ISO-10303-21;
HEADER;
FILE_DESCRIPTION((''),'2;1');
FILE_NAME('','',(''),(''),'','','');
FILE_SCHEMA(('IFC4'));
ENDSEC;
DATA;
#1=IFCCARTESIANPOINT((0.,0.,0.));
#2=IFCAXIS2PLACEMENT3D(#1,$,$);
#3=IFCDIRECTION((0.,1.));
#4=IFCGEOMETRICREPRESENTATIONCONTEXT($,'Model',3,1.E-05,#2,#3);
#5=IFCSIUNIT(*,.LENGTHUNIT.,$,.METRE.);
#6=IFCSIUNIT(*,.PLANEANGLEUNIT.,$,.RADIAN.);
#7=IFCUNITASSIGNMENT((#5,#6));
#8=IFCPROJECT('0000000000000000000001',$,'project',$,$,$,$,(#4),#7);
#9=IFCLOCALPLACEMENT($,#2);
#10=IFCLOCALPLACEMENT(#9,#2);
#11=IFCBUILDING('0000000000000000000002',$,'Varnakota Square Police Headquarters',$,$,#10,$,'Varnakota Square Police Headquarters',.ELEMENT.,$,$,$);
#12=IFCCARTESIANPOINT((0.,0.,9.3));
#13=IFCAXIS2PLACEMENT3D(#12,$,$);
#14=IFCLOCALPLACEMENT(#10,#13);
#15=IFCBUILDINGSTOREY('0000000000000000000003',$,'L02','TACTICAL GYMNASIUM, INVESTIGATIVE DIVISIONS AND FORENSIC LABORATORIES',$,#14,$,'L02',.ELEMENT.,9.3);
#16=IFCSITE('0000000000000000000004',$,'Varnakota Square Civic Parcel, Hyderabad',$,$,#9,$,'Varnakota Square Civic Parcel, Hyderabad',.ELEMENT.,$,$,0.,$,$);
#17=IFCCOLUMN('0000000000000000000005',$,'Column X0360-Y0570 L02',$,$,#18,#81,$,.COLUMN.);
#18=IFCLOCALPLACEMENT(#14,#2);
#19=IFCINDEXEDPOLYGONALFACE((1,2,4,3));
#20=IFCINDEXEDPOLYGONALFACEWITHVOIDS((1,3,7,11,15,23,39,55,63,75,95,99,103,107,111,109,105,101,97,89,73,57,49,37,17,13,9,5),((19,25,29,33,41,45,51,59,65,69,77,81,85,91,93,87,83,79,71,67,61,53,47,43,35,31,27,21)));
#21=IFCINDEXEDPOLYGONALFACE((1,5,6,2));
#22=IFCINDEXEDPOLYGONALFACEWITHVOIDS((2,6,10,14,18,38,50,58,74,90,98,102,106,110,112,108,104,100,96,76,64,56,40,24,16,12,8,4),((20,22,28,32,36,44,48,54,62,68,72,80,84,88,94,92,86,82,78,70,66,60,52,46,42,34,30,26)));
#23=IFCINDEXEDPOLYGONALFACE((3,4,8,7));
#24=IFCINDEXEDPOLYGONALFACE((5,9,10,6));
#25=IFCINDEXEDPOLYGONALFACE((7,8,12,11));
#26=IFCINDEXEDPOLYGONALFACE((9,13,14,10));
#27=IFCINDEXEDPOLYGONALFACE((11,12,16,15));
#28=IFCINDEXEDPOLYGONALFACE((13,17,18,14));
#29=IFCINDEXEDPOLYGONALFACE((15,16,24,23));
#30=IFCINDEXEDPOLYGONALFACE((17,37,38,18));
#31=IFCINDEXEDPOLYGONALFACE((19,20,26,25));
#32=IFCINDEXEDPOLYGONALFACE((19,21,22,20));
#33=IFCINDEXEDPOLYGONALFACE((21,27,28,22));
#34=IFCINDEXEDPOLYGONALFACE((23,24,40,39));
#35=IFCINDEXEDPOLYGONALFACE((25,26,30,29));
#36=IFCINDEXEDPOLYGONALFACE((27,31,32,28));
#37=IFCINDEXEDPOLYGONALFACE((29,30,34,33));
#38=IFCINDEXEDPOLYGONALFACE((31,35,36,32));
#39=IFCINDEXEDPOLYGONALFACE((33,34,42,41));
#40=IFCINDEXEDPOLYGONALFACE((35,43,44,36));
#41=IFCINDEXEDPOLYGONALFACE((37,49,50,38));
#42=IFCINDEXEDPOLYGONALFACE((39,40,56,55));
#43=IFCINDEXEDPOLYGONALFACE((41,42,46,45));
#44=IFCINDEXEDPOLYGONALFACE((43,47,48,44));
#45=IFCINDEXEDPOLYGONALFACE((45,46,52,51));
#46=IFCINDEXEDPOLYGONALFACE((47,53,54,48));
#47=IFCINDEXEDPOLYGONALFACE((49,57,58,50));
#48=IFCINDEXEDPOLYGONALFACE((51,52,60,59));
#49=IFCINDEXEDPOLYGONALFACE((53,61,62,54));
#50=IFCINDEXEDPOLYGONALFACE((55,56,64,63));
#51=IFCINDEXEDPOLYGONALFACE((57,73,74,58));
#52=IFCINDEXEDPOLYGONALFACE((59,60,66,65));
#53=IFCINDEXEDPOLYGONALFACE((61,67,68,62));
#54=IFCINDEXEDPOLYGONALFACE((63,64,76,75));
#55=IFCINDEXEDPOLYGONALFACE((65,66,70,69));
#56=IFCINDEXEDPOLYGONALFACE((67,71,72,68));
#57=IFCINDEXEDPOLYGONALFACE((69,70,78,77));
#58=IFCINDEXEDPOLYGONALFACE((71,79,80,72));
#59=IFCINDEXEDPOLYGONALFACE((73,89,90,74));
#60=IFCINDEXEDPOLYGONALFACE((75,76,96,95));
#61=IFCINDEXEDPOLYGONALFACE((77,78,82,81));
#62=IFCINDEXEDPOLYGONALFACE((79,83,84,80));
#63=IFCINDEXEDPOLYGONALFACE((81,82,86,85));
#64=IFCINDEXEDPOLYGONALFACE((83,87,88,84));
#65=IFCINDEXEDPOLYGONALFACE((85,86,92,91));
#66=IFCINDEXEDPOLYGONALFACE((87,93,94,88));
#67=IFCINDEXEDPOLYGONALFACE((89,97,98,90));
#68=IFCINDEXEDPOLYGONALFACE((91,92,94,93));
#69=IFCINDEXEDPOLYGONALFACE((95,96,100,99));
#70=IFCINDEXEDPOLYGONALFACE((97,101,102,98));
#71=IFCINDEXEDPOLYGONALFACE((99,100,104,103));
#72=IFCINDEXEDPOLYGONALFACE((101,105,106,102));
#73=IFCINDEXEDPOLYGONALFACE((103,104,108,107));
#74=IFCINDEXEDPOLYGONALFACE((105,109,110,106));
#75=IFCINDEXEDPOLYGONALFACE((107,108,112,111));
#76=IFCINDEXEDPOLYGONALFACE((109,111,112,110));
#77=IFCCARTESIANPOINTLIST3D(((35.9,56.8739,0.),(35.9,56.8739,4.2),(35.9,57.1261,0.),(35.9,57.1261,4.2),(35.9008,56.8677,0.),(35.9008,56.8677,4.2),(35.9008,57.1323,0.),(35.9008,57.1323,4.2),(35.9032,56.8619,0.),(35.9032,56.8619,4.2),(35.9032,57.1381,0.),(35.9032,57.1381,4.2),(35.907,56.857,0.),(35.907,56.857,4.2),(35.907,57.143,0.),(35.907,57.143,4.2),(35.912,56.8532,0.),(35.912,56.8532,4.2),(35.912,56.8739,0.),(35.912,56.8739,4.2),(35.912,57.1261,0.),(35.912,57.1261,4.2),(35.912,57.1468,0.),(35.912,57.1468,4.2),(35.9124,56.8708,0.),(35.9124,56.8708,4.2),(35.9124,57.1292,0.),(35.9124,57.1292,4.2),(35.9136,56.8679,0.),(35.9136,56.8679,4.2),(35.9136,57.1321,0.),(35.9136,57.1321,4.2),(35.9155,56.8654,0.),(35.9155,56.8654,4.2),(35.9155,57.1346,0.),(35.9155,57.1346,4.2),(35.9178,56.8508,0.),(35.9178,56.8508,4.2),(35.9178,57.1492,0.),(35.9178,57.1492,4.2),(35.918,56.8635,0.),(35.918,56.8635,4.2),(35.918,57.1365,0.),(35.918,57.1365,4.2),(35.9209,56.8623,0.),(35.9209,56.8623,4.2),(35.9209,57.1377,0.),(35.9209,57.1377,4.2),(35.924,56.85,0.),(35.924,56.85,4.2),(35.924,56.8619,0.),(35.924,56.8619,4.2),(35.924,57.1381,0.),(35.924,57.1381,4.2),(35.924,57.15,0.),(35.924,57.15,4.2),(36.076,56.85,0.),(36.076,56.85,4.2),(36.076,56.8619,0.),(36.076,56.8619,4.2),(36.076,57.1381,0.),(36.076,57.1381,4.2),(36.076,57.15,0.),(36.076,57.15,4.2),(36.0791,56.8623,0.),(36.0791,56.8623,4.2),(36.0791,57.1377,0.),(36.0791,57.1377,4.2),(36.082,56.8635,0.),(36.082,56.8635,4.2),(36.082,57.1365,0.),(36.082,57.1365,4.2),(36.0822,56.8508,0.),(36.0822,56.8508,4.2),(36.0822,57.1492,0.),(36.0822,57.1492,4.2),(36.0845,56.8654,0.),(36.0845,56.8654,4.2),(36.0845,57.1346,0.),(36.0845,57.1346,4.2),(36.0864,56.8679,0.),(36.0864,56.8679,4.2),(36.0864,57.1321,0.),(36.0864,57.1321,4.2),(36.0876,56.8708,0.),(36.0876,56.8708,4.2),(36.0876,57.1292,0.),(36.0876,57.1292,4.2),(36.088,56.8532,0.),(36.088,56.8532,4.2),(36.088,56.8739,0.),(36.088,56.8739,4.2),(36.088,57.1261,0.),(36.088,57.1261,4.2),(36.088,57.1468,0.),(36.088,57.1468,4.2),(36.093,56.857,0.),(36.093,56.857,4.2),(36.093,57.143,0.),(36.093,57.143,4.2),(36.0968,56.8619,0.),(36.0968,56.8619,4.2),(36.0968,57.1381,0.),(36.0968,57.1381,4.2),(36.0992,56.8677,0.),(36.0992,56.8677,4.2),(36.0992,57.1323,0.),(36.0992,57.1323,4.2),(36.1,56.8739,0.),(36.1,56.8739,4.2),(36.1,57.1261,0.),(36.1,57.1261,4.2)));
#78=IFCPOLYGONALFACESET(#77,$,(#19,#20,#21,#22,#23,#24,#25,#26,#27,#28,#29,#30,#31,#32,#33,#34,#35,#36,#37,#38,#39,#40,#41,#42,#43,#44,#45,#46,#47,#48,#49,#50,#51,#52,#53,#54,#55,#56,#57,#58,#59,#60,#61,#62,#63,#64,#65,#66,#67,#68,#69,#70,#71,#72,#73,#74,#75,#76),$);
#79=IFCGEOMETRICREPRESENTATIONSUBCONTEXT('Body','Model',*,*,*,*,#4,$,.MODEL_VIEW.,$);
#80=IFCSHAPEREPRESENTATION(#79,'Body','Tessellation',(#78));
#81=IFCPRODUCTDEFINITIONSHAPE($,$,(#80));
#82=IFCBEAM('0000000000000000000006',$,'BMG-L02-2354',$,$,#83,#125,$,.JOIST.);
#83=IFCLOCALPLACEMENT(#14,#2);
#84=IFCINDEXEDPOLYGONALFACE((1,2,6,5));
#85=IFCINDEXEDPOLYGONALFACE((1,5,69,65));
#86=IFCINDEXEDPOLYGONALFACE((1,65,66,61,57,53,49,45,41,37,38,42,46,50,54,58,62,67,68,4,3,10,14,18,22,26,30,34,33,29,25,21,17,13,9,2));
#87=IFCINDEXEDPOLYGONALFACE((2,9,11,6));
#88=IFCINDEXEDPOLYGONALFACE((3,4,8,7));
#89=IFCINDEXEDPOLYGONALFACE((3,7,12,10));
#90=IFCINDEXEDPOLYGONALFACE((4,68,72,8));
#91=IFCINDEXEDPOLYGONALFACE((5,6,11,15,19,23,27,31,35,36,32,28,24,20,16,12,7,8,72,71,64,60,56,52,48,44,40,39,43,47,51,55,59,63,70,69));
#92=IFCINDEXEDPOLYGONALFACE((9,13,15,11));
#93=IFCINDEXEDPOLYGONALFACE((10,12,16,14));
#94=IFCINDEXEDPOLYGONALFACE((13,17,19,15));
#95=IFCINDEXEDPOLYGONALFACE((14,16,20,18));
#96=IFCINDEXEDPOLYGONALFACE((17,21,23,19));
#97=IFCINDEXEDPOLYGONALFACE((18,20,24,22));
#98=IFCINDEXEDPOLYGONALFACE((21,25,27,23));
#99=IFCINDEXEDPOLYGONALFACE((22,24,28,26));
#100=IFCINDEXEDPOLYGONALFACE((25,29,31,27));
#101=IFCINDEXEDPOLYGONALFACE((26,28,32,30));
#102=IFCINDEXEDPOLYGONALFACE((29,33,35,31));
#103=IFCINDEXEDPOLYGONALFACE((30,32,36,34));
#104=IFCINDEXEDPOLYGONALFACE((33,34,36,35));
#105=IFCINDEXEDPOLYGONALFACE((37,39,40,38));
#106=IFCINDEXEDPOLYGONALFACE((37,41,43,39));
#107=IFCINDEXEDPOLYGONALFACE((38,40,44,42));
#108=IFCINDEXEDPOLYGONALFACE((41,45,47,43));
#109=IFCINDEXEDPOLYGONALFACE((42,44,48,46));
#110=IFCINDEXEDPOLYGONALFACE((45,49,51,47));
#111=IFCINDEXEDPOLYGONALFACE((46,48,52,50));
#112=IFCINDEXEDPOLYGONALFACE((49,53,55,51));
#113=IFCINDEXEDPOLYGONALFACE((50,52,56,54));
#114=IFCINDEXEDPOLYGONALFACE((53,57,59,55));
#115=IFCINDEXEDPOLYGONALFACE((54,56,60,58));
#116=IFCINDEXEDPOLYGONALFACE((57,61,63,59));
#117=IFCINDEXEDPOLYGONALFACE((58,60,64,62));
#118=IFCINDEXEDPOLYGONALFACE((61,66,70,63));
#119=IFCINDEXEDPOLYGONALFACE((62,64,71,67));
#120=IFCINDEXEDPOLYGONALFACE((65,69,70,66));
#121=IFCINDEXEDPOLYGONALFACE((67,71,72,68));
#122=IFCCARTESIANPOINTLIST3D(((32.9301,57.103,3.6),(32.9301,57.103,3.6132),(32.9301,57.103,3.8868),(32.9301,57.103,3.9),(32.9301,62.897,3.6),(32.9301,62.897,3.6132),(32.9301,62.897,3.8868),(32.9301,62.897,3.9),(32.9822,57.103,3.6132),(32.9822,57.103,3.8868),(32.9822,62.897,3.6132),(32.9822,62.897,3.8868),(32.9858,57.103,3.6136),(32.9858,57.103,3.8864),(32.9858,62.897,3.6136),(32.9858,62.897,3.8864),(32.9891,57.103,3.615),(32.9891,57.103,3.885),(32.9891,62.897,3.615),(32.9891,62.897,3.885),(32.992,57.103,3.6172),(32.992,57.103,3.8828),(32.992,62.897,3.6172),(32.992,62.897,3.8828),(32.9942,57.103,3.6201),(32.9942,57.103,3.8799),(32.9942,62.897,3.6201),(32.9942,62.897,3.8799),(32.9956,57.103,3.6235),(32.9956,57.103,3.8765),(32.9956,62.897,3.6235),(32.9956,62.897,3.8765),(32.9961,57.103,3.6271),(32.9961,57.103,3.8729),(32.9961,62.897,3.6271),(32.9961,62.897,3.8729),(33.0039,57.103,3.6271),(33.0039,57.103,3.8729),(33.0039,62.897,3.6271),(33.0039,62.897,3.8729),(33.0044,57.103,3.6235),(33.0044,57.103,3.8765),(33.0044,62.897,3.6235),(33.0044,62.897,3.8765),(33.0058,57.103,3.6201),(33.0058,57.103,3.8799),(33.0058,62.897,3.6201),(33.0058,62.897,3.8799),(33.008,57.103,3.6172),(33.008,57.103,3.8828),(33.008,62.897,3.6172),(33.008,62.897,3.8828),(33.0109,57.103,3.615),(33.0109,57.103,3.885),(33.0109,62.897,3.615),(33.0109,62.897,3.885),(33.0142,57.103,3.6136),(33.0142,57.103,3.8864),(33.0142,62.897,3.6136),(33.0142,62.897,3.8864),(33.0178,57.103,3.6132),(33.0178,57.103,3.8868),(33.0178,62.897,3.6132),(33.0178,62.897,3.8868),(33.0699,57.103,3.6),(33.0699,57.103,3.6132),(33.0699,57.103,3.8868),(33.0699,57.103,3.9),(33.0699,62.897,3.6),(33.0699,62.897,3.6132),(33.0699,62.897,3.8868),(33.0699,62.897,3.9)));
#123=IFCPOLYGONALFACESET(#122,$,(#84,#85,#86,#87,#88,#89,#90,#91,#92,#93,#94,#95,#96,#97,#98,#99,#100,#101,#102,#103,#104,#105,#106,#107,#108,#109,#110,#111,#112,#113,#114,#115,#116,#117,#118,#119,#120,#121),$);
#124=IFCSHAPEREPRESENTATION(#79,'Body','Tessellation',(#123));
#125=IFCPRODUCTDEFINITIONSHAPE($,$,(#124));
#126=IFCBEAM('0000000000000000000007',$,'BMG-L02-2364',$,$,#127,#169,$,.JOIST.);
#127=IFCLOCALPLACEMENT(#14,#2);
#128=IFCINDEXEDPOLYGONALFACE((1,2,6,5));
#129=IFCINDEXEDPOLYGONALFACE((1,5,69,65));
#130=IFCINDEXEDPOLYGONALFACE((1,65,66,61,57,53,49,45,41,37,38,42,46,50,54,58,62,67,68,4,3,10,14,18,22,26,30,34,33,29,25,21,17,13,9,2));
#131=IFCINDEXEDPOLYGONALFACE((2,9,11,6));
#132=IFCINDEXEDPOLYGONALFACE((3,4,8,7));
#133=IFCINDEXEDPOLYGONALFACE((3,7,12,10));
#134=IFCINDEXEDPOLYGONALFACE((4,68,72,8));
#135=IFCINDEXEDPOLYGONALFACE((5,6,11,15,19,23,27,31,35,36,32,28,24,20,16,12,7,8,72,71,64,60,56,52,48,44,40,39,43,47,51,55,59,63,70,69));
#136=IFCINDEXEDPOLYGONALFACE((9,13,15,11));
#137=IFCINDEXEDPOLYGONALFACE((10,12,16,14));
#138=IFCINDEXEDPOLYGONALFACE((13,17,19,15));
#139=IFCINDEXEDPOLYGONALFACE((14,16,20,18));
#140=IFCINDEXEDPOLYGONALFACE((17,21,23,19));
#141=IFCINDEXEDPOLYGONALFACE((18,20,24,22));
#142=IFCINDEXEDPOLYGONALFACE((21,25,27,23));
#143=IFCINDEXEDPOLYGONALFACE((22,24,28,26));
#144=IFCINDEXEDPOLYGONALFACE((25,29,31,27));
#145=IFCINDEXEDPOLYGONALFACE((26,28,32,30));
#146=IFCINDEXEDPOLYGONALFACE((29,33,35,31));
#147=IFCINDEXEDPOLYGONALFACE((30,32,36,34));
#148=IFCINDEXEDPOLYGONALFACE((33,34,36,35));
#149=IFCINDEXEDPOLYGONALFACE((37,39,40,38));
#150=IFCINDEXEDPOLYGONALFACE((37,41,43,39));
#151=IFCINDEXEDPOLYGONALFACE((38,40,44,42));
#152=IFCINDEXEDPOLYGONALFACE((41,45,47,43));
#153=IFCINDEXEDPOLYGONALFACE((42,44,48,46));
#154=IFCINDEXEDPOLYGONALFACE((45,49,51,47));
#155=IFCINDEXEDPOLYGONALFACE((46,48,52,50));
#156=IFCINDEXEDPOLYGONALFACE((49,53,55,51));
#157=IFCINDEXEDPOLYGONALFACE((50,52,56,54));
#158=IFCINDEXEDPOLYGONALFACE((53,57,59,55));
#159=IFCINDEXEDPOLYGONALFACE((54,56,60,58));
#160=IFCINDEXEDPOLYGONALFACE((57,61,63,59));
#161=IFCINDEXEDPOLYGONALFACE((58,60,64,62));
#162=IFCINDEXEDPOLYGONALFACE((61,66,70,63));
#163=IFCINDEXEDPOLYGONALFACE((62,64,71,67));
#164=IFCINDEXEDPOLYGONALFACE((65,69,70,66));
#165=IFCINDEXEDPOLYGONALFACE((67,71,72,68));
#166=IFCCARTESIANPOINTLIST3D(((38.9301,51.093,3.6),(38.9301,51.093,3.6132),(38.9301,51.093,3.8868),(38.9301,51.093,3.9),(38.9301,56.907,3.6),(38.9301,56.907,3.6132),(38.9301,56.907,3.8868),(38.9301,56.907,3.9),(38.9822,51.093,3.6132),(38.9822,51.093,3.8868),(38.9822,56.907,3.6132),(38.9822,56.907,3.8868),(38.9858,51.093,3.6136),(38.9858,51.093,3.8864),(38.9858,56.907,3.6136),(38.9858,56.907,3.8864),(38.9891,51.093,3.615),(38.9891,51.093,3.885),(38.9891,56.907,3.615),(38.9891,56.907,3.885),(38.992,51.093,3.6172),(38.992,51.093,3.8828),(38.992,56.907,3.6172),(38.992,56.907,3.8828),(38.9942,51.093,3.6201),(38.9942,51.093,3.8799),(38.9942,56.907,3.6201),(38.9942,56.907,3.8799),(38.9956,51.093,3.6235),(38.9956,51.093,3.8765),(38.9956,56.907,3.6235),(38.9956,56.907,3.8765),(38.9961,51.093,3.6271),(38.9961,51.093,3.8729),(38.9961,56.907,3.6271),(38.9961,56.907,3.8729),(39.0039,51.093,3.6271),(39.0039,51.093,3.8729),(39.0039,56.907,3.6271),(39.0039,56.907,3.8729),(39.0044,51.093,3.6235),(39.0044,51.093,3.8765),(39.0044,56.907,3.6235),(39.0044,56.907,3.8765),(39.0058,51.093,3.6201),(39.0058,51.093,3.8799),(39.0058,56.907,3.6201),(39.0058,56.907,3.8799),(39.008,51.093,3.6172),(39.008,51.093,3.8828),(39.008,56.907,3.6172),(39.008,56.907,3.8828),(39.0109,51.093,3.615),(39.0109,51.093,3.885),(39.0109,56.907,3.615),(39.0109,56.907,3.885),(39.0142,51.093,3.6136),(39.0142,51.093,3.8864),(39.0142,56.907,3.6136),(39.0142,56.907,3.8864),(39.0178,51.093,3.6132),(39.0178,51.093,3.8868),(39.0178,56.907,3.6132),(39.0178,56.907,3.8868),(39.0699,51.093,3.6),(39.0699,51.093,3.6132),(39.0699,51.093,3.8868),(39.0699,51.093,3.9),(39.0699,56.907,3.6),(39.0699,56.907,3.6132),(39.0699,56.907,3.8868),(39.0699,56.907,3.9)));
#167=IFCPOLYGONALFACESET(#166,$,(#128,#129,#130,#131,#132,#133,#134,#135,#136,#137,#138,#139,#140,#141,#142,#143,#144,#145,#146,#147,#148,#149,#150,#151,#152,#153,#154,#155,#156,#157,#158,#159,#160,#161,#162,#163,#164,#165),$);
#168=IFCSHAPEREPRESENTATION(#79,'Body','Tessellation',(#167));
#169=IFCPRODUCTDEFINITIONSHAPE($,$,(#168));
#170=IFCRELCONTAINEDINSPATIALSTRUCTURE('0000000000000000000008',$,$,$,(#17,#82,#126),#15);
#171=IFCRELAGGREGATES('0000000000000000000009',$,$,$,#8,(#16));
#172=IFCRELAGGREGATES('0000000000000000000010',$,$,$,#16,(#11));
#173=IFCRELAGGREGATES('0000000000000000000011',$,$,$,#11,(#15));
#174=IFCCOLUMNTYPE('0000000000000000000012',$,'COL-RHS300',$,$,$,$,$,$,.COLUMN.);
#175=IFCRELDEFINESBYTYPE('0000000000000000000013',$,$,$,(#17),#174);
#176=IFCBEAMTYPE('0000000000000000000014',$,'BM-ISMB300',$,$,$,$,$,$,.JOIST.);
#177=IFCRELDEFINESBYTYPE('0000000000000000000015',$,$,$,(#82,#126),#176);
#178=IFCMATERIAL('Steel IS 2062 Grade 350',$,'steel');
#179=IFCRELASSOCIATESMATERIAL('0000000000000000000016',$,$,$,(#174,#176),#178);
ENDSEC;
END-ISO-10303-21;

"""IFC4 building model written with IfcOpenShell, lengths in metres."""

from ifc_helpers import new_model, si_unit, direction, frame, origin, origin_2d, place, context, subcontext, project, spatial, hollow_rectangle, i_section, extrude, material, material_profile, profile_set, type_object, element, save


model = new_model("IFC4")

# Units and contexts
model_context = context("Model", 3, precision=1e-05, world=origin(), true_north=direction((0.0, 1.0)))
body_context = subcontext(model_context, "Body", "Model", "MODEL_VIEW")
ifc_project = project(units=[si_unit("LENGTHUNIT", "METRE"), si_unit("PLANEANGLEUNIT", "RADIAN")], contexts=[model_context])

# Site, building, storey
site_placement = place(None, origin())
site = spatial("IfcSite", under=ifc_project, at=site_placement, Name="Varnakota Square Civic Parcel, Hyderabad", LongName="Varnakota Square Civic Parcel, Hyderabad", CompositionType="ELEMENT", RefElevation=0.0)
building_placement = place(site_placement, origin())
building = spatial("IfcBuilding", under=site, at=building_placement, Name="Varnakota Square Police Headquarters", LongName="Varnakota Square Police Headquarters", CompositionType="ELEMENT")
storey_placement = place(building_placement, frame((0.0, 0.0, 9.3)))
storey = spatial("IfcBuildingStorey", under=building, at=storey_placement, Name="L02", Description="TACTICAL GYMNASIUM, INVESTIGATIVE DIVISIONS AND FORENSIC LABORATORIES", LongName="L02", CompositionType="ELEMENT", Elevation=9.3)

# Column
ifc_material_1 = material(Name="Steel IS 2062 Grade 350", Category="steel")
ifc_material_profile_1 = material_profile(ifc_material_1, hollow_rectangle(XDim=0.2, YDim=0.3, WallThickness=0.012, InnerFilletRadius=0.012, OuterFilletRadius=0.0239, at=origin_2d()), Name="RHS 300x200x12")
ifc_profile_set_1 = profile_set([ifc_material_profile_1], Name="Steel IS 2062 Grade 350")
column_type_1 = type_object("IfcColumnType", Name="COL-RHS300", PredefinedType="COLUMN", material=ifc_profile_set_1)
column_1_placement = place(storey_placement, frame((36.0, 57.0, 0.0), z_axis=(0.0, 0.0, 1.0), x_axis=(1.0, 0.0, 0.0)))
element("IfcColumn", 1, at=column_1_placement, inside=storey, type_object=column_type_1, Name="Column X0360-Y0570 L02", PredefinedType="COLUMN", context=body_context, shape_type="SweptSolid", body=[
    extrude(hollow_rectangle(XDim=0.2, YDim=0.3, WallThickness=0.012, InnerFilletRadius=0.012, OuterFilletRadius=0.0239, at=origin_2d()), origin(), (0.0, 0.0, 1.0), 4.2),
])

# Beams
ifc_material_profile_2 = material_profile(ifc_material_1, i_section(OverallWidth=0.1399, OverallDepth=0.3, WebThickness=0.0078, FlangeThickness=0.0132, FilletRadius=0.0139, at=origin_2d()), Name="ISMB 300")
ifc_profile_set_2 = profile_set([ifc_material_profile_2], Name="Steel IS 2062 Grade 350")
beam_type_1 = type_object("IfcBeamType", Name="BM-ISMB300", PredefinedType="JOIST", material=ifc_profile_set_2)
beam_1_placement = place(storey_placement, frame((33.0, 57.103, 3.75), z_axis=(0.0, 1.0, 0.0), x_axis=(-1.0, 0.0, 0.0)))
element("IfcBeam", 2, at=beam_1_placement, inside=storey, type_object=beam_type_1, Name="BMG-L02-2354", PredefinedType="JOIST", context=body_context, shape_type="SweptSolid", body=[
    extrude(i_section(OverallWidth=0.1399, OverallDepth=0.3, WebThickness=0.0078, FlangeThickness=0.0132, FilletRadius=0.0139, at=origin_2d()), origin(), (0.0, 0.0, 1.0), 5.7939),
])
beam_2_placement = place(storey_placement, frame((39.0, 51.093, 3.75), z_axis=(0.0, 1.0, 0.0), x_axis=(-1.0, 0.0, 0.0)))
element("IfcBeam", 3, at=beam_2_placement, inside=storey, type_object=beam_type_1, Name="BMG-L02-2364", PredefinedType="JOIST", context=body_context, shape_type="SweptSolid", body=[
    extrude(i_section(OverallWidth=0.1399, OverallDepth=0.3, WebThickness=0.0078, FlangeThickness=0.0132, FilletRadius=0.0139, at=origin_2d()), origin(), (0.0, 0.0, 1.0), 5.814),
])

save(model, "model.ifc")
